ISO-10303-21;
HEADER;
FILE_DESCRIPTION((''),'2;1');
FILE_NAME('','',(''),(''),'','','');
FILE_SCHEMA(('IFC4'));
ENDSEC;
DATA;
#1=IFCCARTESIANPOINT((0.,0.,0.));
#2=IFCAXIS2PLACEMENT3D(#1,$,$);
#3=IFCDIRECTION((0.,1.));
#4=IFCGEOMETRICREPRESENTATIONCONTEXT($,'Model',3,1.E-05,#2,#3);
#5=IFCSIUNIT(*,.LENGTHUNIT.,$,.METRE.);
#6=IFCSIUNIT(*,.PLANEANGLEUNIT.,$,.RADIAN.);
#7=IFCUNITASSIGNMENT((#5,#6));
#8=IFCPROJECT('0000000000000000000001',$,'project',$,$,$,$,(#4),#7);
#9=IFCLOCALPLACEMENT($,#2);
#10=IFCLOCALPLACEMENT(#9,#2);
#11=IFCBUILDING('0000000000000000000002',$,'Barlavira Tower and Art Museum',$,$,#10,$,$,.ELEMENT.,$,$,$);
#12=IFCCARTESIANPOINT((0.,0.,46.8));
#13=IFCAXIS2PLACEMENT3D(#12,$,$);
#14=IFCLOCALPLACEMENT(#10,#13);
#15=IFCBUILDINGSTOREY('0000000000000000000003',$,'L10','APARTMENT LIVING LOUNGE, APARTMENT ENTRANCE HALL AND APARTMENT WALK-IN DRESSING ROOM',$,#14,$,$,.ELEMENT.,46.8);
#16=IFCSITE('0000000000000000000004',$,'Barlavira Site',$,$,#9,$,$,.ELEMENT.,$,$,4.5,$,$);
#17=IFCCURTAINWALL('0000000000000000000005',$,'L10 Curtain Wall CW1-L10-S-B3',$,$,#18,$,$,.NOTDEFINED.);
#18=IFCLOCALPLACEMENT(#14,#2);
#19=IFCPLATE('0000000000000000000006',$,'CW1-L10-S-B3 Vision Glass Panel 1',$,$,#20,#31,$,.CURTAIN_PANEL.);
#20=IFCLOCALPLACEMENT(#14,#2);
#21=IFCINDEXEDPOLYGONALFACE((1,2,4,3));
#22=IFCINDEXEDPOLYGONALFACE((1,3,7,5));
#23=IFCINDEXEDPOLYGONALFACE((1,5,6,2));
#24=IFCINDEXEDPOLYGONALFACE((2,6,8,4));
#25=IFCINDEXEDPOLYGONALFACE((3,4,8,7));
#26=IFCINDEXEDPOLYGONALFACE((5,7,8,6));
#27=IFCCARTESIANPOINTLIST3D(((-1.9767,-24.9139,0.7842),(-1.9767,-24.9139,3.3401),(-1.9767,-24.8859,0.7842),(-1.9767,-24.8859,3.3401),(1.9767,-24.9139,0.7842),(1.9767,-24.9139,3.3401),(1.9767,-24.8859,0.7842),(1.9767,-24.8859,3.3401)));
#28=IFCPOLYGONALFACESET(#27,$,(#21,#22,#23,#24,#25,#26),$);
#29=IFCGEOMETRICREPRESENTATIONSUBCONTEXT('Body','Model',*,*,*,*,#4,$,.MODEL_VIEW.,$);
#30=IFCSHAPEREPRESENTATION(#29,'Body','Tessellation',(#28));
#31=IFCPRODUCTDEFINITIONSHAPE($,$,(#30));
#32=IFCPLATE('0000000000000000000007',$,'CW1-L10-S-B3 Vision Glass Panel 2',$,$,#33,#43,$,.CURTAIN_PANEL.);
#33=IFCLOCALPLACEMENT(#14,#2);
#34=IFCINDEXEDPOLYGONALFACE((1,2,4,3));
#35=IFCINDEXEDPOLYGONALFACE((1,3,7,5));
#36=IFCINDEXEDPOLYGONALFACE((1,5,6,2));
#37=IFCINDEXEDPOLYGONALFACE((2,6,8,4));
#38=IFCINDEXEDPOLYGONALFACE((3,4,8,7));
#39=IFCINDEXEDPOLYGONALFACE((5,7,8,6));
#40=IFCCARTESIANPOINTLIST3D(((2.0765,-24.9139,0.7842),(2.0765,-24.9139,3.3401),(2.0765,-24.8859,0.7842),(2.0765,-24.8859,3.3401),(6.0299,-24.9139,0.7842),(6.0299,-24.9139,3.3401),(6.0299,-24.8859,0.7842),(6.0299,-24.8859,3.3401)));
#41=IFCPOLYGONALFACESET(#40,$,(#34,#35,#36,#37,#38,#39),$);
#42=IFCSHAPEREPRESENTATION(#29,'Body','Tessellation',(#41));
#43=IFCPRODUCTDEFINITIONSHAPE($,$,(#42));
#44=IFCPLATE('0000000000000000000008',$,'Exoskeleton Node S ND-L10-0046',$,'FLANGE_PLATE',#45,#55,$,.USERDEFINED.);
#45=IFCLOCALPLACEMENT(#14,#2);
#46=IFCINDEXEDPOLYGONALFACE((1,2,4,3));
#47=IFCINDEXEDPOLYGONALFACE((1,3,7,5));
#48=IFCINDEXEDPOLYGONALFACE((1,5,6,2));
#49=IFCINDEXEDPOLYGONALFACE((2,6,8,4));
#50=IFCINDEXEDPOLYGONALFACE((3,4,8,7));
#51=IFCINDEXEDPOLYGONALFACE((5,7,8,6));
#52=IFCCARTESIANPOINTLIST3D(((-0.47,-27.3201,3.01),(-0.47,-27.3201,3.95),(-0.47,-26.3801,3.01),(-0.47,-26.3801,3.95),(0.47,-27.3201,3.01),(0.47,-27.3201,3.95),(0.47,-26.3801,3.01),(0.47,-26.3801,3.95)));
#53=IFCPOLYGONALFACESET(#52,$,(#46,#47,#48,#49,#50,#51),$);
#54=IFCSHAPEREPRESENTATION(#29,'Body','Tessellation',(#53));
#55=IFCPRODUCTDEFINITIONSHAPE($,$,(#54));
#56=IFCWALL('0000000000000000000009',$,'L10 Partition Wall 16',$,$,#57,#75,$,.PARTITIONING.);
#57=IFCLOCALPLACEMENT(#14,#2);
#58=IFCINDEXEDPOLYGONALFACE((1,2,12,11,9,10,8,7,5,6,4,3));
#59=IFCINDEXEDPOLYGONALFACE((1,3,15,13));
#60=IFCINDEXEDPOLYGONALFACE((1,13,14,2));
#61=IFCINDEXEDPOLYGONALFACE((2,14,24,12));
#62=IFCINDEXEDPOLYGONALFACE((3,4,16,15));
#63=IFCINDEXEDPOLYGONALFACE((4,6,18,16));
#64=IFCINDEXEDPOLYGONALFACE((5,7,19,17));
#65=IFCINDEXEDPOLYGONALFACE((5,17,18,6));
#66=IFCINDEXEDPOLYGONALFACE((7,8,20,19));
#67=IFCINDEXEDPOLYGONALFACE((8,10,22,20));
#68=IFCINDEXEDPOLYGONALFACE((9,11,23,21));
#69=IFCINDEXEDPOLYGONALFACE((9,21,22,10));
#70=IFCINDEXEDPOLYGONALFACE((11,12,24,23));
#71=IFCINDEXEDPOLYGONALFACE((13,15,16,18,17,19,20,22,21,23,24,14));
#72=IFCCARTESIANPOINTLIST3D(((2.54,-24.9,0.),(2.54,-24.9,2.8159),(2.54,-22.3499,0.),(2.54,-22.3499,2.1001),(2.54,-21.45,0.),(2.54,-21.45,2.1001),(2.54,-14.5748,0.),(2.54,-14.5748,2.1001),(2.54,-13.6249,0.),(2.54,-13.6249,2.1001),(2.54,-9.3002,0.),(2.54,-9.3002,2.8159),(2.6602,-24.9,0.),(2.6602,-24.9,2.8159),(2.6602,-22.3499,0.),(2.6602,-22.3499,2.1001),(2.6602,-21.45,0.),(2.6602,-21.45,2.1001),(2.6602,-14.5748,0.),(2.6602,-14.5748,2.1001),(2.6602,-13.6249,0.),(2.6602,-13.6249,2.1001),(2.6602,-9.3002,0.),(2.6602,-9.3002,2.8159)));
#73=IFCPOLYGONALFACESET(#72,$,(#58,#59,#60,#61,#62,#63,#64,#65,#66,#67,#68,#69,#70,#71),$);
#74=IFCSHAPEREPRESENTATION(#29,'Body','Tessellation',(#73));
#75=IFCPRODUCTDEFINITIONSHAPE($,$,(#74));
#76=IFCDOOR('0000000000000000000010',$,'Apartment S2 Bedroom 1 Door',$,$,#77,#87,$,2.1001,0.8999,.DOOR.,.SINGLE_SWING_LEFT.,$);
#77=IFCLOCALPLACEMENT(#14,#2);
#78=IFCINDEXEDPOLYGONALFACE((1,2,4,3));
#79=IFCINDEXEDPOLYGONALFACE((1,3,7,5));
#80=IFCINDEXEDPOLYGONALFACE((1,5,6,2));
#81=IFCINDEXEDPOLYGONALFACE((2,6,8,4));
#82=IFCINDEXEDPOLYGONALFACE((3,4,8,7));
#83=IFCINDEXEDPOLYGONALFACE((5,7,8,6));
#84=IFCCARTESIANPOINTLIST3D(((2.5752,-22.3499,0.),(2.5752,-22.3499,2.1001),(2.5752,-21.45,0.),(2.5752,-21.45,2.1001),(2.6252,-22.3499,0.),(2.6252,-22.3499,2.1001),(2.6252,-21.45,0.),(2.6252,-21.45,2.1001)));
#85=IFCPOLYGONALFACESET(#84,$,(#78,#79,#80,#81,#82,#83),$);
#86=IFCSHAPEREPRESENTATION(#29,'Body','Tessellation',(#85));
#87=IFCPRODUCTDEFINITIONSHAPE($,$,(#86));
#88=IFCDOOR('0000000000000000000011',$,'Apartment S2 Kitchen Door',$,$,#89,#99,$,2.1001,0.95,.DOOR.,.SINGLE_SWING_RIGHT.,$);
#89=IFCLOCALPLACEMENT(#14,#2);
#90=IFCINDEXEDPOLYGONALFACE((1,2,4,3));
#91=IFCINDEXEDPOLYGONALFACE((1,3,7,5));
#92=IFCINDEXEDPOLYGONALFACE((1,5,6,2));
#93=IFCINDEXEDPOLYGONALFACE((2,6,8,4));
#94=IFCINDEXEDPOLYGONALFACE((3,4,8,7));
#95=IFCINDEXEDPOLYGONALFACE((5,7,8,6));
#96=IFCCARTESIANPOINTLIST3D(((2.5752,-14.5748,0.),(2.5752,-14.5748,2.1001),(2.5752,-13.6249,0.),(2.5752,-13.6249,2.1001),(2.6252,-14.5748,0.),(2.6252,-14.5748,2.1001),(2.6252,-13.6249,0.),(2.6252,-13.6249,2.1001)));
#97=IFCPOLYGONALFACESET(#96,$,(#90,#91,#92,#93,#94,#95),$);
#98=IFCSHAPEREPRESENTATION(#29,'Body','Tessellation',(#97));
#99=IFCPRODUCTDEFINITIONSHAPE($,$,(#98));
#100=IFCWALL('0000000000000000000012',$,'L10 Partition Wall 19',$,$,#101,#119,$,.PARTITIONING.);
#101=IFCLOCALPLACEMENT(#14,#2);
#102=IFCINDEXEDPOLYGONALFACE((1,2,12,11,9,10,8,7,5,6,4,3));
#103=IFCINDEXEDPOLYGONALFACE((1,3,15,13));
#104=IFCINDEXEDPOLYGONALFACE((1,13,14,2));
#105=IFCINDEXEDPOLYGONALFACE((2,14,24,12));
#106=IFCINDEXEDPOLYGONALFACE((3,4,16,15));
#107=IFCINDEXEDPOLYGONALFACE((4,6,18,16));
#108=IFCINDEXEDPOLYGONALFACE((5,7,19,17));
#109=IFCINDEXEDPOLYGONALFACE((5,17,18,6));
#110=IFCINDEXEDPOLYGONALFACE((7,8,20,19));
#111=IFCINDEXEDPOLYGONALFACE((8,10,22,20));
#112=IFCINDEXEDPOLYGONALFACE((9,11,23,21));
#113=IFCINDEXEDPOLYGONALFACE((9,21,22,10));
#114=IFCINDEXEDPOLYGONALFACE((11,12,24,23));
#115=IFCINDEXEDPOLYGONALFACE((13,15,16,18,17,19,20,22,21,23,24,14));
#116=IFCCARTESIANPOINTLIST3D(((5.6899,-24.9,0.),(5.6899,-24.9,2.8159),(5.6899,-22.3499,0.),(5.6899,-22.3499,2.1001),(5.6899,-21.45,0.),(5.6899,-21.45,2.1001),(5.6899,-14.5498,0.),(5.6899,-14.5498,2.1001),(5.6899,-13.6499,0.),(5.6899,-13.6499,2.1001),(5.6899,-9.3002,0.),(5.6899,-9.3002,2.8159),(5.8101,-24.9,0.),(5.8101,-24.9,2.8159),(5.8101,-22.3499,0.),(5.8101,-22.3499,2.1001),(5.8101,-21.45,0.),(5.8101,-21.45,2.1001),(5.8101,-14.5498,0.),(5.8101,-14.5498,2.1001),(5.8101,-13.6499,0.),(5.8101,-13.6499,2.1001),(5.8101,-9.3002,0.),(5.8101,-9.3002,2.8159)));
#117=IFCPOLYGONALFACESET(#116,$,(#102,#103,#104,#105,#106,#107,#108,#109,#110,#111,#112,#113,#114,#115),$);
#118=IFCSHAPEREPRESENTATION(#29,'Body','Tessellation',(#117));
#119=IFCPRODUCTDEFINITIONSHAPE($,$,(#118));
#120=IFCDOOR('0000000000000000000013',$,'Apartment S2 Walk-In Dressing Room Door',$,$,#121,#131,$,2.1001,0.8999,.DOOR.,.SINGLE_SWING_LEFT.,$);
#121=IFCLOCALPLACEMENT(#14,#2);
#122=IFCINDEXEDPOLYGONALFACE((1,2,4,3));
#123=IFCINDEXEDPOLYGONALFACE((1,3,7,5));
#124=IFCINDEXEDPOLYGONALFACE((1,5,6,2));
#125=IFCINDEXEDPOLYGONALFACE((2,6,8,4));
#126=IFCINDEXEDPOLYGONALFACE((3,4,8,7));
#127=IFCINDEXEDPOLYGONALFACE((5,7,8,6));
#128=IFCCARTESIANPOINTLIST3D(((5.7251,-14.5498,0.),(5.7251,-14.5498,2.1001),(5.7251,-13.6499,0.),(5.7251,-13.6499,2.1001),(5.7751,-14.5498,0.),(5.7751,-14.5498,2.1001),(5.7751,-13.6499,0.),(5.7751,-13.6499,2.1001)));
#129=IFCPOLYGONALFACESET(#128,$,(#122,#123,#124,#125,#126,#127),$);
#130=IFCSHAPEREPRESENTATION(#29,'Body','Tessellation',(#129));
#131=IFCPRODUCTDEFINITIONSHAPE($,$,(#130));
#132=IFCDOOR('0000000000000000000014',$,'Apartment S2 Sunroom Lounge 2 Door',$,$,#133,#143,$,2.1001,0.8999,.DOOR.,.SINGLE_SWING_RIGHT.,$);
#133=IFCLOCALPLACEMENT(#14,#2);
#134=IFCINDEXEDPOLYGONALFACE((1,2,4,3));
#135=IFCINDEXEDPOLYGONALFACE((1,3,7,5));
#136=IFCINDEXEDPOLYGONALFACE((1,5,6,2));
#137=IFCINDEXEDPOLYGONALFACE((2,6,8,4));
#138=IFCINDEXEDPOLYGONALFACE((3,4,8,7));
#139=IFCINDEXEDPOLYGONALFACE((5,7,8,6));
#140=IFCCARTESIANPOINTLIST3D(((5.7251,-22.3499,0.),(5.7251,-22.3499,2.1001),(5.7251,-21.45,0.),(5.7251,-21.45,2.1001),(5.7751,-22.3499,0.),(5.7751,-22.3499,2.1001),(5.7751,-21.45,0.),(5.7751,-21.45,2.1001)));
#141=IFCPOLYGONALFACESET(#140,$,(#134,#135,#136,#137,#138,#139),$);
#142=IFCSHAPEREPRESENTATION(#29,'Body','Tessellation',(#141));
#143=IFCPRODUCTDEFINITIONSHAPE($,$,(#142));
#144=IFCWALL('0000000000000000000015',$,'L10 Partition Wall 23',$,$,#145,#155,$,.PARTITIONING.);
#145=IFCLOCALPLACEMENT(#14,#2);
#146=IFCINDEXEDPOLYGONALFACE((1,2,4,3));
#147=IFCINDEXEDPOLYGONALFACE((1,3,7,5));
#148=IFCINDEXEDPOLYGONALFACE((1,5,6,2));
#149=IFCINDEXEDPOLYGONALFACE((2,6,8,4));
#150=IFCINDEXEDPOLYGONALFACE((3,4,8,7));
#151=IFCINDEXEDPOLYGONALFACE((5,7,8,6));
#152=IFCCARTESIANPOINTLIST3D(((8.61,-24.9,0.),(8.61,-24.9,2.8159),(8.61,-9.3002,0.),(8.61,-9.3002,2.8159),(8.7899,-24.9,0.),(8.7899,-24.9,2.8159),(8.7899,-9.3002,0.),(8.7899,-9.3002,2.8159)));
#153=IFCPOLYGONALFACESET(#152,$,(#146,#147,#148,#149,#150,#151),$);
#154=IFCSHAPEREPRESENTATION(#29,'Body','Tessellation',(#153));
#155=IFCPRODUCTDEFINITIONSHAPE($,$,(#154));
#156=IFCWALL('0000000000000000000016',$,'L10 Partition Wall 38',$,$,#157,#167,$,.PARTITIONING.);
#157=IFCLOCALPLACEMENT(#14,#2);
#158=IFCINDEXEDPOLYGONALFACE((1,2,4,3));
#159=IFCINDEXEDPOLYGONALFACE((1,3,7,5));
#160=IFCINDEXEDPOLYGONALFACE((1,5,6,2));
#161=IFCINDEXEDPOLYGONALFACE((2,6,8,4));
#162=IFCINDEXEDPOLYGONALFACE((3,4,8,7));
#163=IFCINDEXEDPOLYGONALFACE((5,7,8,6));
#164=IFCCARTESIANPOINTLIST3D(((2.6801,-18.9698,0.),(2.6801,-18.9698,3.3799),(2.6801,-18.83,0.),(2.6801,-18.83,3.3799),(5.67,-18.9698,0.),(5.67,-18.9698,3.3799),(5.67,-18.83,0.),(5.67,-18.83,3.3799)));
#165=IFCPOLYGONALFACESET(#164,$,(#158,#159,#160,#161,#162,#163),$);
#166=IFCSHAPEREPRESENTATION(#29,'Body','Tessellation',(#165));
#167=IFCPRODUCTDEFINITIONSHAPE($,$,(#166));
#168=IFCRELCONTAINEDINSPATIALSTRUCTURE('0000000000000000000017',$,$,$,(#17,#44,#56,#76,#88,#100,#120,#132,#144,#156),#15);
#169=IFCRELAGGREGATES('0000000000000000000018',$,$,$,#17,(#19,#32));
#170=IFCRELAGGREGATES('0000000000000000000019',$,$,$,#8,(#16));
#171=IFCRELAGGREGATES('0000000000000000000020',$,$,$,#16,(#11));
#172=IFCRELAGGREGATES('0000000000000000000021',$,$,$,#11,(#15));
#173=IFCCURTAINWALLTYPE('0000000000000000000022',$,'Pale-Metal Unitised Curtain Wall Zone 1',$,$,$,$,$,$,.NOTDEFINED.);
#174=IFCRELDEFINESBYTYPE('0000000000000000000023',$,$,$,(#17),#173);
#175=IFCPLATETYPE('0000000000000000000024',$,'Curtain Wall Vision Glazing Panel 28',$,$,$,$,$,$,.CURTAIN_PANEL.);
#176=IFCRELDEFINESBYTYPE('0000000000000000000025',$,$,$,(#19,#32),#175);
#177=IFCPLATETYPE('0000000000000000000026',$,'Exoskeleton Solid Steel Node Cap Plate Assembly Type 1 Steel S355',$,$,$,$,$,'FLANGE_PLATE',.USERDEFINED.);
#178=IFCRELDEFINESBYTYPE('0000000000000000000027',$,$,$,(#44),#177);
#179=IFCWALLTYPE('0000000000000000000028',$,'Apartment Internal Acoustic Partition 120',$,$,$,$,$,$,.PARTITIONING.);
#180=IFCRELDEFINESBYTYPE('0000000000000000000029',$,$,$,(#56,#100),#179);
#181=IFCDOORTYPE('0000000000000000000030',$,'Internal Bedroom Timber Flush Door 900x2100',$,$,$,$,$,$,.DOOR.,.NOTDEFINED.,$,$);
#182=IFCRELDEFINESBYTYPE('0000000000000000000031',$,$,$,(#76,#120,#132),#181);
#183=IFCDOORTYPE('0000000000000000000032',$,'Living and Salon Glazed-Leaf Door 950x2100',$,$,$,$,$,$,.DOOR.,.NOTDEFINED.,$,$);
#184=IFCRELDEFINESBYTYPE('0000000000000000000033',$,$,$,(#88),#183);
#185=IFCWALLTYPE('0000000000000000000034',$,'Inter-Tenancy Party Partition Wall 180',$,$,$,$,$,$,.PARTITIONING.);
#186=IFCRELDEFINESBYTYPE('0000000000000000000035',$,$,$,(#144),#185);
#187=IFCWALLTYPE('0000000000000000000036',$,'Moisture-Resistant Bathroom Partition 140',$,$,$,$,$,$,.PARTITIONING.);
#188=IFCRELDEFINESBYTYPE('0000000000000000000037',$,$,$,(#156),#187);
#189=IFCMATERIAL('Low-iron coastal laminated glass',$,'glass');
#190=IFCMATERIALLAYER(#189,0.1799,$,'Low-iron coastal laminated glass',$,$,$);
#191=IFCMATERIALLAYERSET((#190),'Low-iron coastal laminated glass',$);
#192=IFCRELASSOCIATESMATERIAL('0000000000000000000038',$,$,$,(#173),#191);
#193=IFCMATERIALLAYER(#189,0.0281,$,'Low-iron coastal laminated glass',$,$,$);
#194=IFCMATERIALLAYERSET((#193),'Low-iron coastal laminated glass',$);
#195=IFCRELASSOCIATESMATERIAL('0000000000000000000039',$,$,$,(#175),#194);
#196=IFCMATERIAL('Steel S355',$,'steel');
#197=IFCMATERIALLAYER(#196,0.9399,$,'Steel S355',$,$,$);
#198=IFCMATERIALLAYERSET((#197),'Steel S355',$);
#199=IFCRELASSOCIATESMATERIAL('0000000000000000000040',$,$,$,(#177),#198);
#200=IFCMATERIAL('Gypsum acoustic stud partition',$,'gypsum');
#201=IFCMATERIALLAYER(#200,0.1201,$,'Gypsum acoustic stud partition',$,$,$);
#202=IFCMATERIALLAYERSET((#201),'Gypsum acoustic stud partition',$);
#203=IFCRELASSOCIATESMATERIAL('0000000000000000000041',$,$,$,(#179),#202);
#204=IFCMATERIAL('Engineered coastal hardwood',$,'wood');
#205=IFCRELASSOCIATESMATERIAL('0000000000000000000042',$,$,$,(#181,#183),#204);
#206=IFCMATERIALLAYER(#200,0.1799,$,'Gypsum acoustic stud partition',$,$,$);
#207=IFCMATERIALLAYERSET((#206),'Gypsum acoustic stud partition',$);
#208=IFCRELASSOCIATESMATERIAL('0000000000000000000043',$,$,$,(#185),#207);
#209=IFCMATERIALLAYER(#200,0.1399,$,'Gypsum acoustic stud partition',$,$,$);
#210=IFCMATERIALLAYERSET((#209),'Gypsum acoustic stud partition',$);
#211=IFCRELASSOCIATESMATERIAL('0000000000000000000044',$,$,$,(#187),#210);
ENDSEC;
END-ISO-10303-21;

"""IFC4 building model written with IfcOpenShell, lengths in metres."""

from ifc_helpers import new_model, si_unit, direction, frame, frame_2d, origin, origin_2d, place, context, subcontext, project, spatial, rectangle, extrude, material, layer, layer_set, type_object, element, fill, aggregate, save


model = new_model("IFC4")

# Units and contexts
model_context = context("Model", 3, precision=1e-05, world=origin(), true_north=direction((0.0, 1.0)))
body_context = subcontext(model_context, "Body", "Model", "MODEL_VIEW")
ifc_project = project(units=[si_unit("LENGTHUNIT", "METRE"), si_unit("PLANEANGLEUNIT", "RADIAN")], contexts=[model_context])

# Site, building, storey
site_placement = place(None, origin())
site = spatial("IfcSite", under=ifc_project, at=site_placement, Name="Barlavira Site", CompositionType="ELEMENT", RefElevation=4.5)
building_placement = place(site_placement, origin())
building = spatial("IfcBuilding", under=site, at=building_placement, Name="Barlavira Tower and Art Museum", CompositionType="ELEMENT")
storey_placement = place(building_placement, frame((0.0, 0.0, 46.8)))
storey = spatial("IfcBuildingStorey", under=building, at=storey_placement, Name="L10", Description="APARTMENT LIVING LOUNGE, APARTMENT ENTRANCE HALL AND APARTMENT WALK-IN DRESSING ROOM", CompositionType="ELEMENT", Elevation=46.8)

# Curtain wall
ifc_material_1 = material(Name="Low-iron coastal laminated glass", Category="glass")
ifc_layer_1 = layer(ifc_material_1, 0.1799, Name="Low-iron coastal laminated glass")
ifc_layer_set_1 = layer_set([ifc_layer_1], Name="Low-iron coastal laminated glass")
curtain_wall_type = type_object("IfcCurtainWallType", Name="Pale-Metal Unitised Curtain Wall Zone 1", PredefinedType="NOTDEFINED", material=ifc_layer_set_1)
curtain_wall_placement = place(storey_placement, origin())
curtain_wall = element("IfcCurtainWall", 1, at=curtain_wall_placement, inside=storey, type_object=curtain_wall_type, Name="L10 Curtain Wall CW1-L10-S-B3", PredefinedType="NOTDEFINED")

# Shared definitions
ifc_material_2 = material(Name="Steel S355", Category="steel")

# Plates
ifc_layer_2 = layer(ifc_material_1, 0.0281, Name="Low-iron coastal laminated glass")
ifc_layer_set_2 = layer_set([ifc_layer_2], Name="Low-iron coastal laminated glass")
plate_type_1 = type_object("IfcPlateType", Name="Curtain Wall Vision Glazing Panel 28", PredefinedType="CURTAIN_PANEL", material=ifc_layer_set_2)
plate_1_placement = place(storey_placement, frame((0.0, -24.8999, 0.7842), z_axis=(0.0, 0.0, 1.0), x_axis=(1.0, 0.0, 0.0)))
plate_1 = element("IfcPlate", 2, at=plate_1_placement, type_object=plate_type_1, Name="CW1-L10-S-B3 Vision Glass Panel 1", PredefinedType="CURTAIN_PANEL", context=body_context, shape_type="SweptSolid", body=[
    extrude(rectangle(XDim=3.9534, YDim=0.0281, at=origin_2d()), origin(), (0.0, 0.0, 1.0), 2.5559),
])
plate_2_placement = place(storey_placement, frame((4.0532, -24.8999, 0.7842), z_axis=(0.0, 0.0, 1.0), x_axis=(1.0, 0.0, 0.0)))
plate_2 = element("IfcPlate", 3, at=plate_2_placement, type_object=plate_type_1, Name="CW1-L10-S-B3 Vision Glass Panel 2", PredefinedType="CURTAIN_PANEL", context=body_context, shape_type="SweptSolid", body=[
    extrude(rectangle(XDim=3.9534, YDim=0.0281, at=origin_2d()), origin(), (0.0, 0.0, 1.0), 2.5559),
])
aggregate(curtain_wall, [plate_1, plate_2])
ifc_layer_3 = layer(ifc_material_2, 0.9399, Name="Steel S355")
ifc_layer_set_3 = layer_set([ifc_layer_3], Name="Steel S355")
plate_type_2 = type_object("IfcPlateType", Name="Exoskeleton Solid Steel Node Cap Plate Assembly Type 1 Steel S355", ElementType="FLANGE_PLATE", PredefinedType="USERDEFINED", material=ifc_layer_set_3)
plate_3_placement = place(storey_placement, frame((0.0, -26.8501, 3.01), z_axis=(0.0, 0.0, 1.0), x_axis=(1.0, 0.0, 0.0)))
element("IfcPlate", 4, at=plate_3_placement, inside=storey, type_object=plate_type_2, Name="Exoskeleton Node S ND-L10-0046", ObjectType="FLANGE_PLATE", PredefinedType="USERDEFINED", context=body_context, shape_type="SweptSolid", body=[
    extrude(rectangle(XDim=0.9399, YDim=0.9399, at=origin_2d()), origin(), (0.0, 0.0, 1.0), 0.9399),
])

# Walls, openings, doors
ifc_material_3 = material(Name="Gypsum acoustic stud partition", Category="gypsum")
ifc_layer_4 = layer(ifc_material_3, 0.1201, Name="Gypsum acoustic stud partition")
ifc_layer_set_4 = layer_set([ifc_layer_4], Name="Gypsum acoustic stud partition")
wall_type_1 = type_object("IfcWallType", Name="Apartment Internal Acoustic Partition 120", PredefinedType="PARTITIONING", material=ifc_layer_set_4)
wall_1_placement = place(storey_placement, frame((2.6001, -24.8999, 0.0), z_axis=(0.0, 0.0, 1.0), x_axis=(0.0, 1.0, 0.0)))
wall_1 = element("IfcWall", 5, at=wall_1_placement, inside=storey, type_object=wall_type_1, Name="L10 Partition Wall 16", PredefinedType="PARTITIONING", context=body_context, shape_type="SweptSolid", body=[
    extrude(rectangle(XDim=15.5999, YDim=0.1201, at=frame_2d((7.7998, 0.0))), origin(), (0.0, 0.0, 1.0), 2.8159),
])
opening_1_placement = place(wall_1_placement, frame((10.325, 0.0, 0.0)))
opening_1 = element("IfcOpeningElement", 6, at=opening_1_placement, cuts=wall_1, PredefinedType="OPENING", context=body_context, shape_type="SweptSolid", body=[
    extrude(rectangle(XDim=0.95, YDim=2.1001, at=frame_2d((0.4751, 1.05))), frame((0.0, 0.0701, 0.0), z_axis=(0.0, -1.0, 0.0), x_axis=(1.0, 0.0, 0.0)), (0.0, 0.0, 1.0), 0.1401),
])
opening_2_placement = place(wall_1_placement, frame((2.55, 0.0, 0.0)))
opening_2 = element("IfcOpeningElement", 7, at=opening_2_placement, cuts=wall_1, PredefinedType="OPENING", context=body_context, shape_type="SweptSolid", body=[
    extrude(rectangle(XDim=0.8999, YDim=2.1001, at=frame_2d((0.45, 1.05))), frame((0.0, 0.0701, 0.0), z_axis=(0.0, -1.0, 0.0), x_axis=(1.0, 0.0, 0.0)), (0.0, 0.0, 1.0), 0.1401),
])
ifc_material_4 = material(Name="Engineered coastal hardwood", Category="wood")
door_type_1 = type_object("IfcDoorType", Name="Internal Bedroom Timber Flush Door 900x2100", OperationType="NOTDEFINED", PredefinedType="DOOR", material=ifc_material_4)
door_1_placement = place(opening_2_placement, origin())
door_1 = element("IfcDoor", 8, at=door_1_placement, inside=storey, type_object=door_type_1, Name="Apartment S2 Bedroom 1 Door", OperationType="SINGLE_SWING_LEFT", OverallHeight=2.1001, OverallWidth=0.8999, PredefinedType="DOOR", context=body_context, shape_type="SweptSolid", body=[
    extrude(rectangle(XDim=0.8999, YDim=2.1001, at=frame_2d((0.45, 1.05))), frame((0.0, 0.0249, 0.0), z_axis=(0.0, -1.0, 0.0), x_axis=(1.0, 0.0, 0.0)), (0.0, 0.0, 1.0), 0.05),
])
fill(opening_2, door_1)
door_type_2 = type_object("IfcDoorType", Name="Living and Salon Glazed-Leaf Door 950x2100", OperationType="NOTDEFINED", PredefinedType="DOOR", material=ifc_material_4)
door_2_placement = place(opening_1_placement, origin())
door_2 = element("IfcDoor", 9, at=door_2_placement, inside=storey, type_object=door_type_2, Name="Apartment S2 Kitchen Door", OperationType="SINGLE_SWING_RIGHT", OverallHeight=2.1001, OverallWidth=0.95, PredefinedType="DOOR", context=body_context, shape_type="SweptSolid", body=[
    extrude(rectangle(XDim=0.95, YDim=2.1001, at=frame_2d((0.4751, 1.05))), frame((0.0, 0.0249, 0.0), z_axis=(0.0, -1.0, 0.0), x_axis=(1.0, 0.0, 0.0)), (0.0, 0.0, 1.0), 0.05),
])
fill(opening_1, door_2)
wall_2_placement = place(storey_placement, frame((5.75, -24.8999, 0.0), z_axis=(0.0, 0.0, 1.0), x_axis=(0.0, 1.0, 0.0)))
wall_2 = element("IfcWall", 10, at=wall_2_placement, inside=storey, type_object=wall_type_1, Name="L10 Partition Wall 19", PredefinedType="PARTITIONING", context=body_context, shape_type="SweptSolid", body=[
    extrude(rectangle(XDim=15.5999, YDim=0.1201, at=frame_2d((7.7998, 0.0))), origin(), (0.0, 0.0, 1.0), 2.8159),
])
opening_3_placement = place(wall_2_placement, frame((10.3501, 0.0, 0.0)))
opening_3 = element("IfcOpeningElement", 11, at=opening_3_placement, cuts=wall_2, PredefinedType="OPENING", context=body_context, shape_type="SweptSolid", body=[
    extrude(rectangle(XDim=0.8999, YDim=2.1001, at=frame_2d((0.45, 1.05))), frame((0.0, 0.0701, 0.0), z_axis=(0.0, -1.0, 0.0), x_axis=(1.0, 0.0, 0.0)), (0.0, 0.0, 1.0), 0.1401),
])
opening_4_placement = place(wall_2_placement, frame((2.55, 0.0, 0.0)))
opening_4 = element("IfcOpeningElement", 12, at=opening_4_placement, cuts=wall_2, PredefinedType="OPENING", context=body_context, shape_type="SweptSolid", body=[
    extrude(rectangle(XDim=0.8999, YDim=2.1001, at=frame_2d((0.45, 1.05))), frame((0.0, 0.0701, 0.0), z_axis=(0.0, -1.0, 0.0), x_axis=(1.0, 0.0, 0.0)), (0.0, 0.0, 1.0), 0.1401),
])
door_3_placement = place(opening_3_placement, origin())
door_3 = element("IfcDoor", 13, at=door_3_placement, inside=storey, type_object=door_type_1, Name="Apartment S2 Walk-In Dressing Room Door", OperationType="SINGLE_SWING_LEFT", OverallHeight=2.1001, OverallWidth=0.8999, PredefinedType="DOOR", context=body_context, shape_type="SweptSolid", body=[
    extrude(rectangle(XDim=0.8999, YDim=2.1001, at=frame_2d((0.45, 1.05))), frame((0.0, 0.0249, 0.0), z_axis=(0.0, -1.0, 0.0), x_axis=(1.0, 0.0, 0.0)), (0.0, 0.0, 1.0), 0.05),
])
fill(opening_3, door_3)
door_4_placement = place(opening_4_placement, origin())
door_4 = element("IfcDoor", 14, at=door_4_placement, inside=storey, type_object=door_type_1, Name="Apartment S2 Sunroom Lounge 2 Door", OperationType="SINGLE_SWING_RIGHT", OverallHeight=2.1001, OverallWidth=0.8999, PredefinedType="DOOR", context=body_context, shape_type="SweptSolid", body=[
    extrude(rectangle(XDim=0.8999, YDim=2.1001, at=frame_2d((0.45, 1.05))), frame((0.0, 0.0249, 0.0), z_axis=(0.0, -1.0, 0.0), x_axis=(1.0, 0.0, 0.0)), (0.0, 0.0, 1.0), 0.05),
])
fill(opening_4, door_4)

# Walls
ifc_layer_5 = layer(ifc_material_3, 0.1799, Name="Gypsum acoustic stud partition")
ifc_layer_set_5 = layer_set([ifc_layer_5], Name="Gypsum acoustic stud partition")
wall_type_2 = type_object("IfcWallType", Name="Inter-Tenancy Party Partition Wall 180", PredefinedType="PARTITIONING", material=ifc_layer_set_5)
wall_3_placement = place(storey_placement, frame((8.7, -24.8999, 0.0), z_axis=(0.0, 0.0, 1.0), x_axis=(0.0, 1.0, 0.0)))
element("IfcWall", 15, at=wall_3_placement, inside=storey, type_object=wall_type_2, Name="L10 Partition Wall 23", PredefinedType="PARTITIONING", context=body_context, shape_type="SweptSolid", body=[
    extrude(rectangle(XDim=15.5999, YDim=0.1799, at=frame_2d((7.7998, 0.0))), origin(), (0.0, 0.0, 1.0), 2.8159),
])
ifc_layer_6 = layer(ifc_material_3, 0.1399, Name="Gypsum acoustic stud partition")
ifc_layer_set_6 = layer_set([ifc_layer_6], Name="Gypsum acoustic stud partition")
wall_type_3 = type_object("IfcWallType", Name="Moisture-Resistant Bathroom Partition 140", PredefinedType="PARTITIONING", material=ifc_layer_set_6)
wall_4_placement = place(storey_placement, frame((2.6799, -18.8999, 0.0), z_axis=(0.0, 0.0, 1.0), x_axis=(1.0, 0.0, 0.0)))
element("IfcWall", 16, at=wall_4_placement, inside=storey, type_object=wall_type_3, Name="L10 Partition Wall 38", PredefinedType="PARTITIONING", context=body_context, shape_type="SweptSolid", body=[
    extrude(rectangle(XDim=2.99, YDim=0.1399, at=frame_2d((1.4951, 0.0))), origin(), (0.0, 0.0, 1.0), 3.3799),
])

save(model, "model.ifc")
